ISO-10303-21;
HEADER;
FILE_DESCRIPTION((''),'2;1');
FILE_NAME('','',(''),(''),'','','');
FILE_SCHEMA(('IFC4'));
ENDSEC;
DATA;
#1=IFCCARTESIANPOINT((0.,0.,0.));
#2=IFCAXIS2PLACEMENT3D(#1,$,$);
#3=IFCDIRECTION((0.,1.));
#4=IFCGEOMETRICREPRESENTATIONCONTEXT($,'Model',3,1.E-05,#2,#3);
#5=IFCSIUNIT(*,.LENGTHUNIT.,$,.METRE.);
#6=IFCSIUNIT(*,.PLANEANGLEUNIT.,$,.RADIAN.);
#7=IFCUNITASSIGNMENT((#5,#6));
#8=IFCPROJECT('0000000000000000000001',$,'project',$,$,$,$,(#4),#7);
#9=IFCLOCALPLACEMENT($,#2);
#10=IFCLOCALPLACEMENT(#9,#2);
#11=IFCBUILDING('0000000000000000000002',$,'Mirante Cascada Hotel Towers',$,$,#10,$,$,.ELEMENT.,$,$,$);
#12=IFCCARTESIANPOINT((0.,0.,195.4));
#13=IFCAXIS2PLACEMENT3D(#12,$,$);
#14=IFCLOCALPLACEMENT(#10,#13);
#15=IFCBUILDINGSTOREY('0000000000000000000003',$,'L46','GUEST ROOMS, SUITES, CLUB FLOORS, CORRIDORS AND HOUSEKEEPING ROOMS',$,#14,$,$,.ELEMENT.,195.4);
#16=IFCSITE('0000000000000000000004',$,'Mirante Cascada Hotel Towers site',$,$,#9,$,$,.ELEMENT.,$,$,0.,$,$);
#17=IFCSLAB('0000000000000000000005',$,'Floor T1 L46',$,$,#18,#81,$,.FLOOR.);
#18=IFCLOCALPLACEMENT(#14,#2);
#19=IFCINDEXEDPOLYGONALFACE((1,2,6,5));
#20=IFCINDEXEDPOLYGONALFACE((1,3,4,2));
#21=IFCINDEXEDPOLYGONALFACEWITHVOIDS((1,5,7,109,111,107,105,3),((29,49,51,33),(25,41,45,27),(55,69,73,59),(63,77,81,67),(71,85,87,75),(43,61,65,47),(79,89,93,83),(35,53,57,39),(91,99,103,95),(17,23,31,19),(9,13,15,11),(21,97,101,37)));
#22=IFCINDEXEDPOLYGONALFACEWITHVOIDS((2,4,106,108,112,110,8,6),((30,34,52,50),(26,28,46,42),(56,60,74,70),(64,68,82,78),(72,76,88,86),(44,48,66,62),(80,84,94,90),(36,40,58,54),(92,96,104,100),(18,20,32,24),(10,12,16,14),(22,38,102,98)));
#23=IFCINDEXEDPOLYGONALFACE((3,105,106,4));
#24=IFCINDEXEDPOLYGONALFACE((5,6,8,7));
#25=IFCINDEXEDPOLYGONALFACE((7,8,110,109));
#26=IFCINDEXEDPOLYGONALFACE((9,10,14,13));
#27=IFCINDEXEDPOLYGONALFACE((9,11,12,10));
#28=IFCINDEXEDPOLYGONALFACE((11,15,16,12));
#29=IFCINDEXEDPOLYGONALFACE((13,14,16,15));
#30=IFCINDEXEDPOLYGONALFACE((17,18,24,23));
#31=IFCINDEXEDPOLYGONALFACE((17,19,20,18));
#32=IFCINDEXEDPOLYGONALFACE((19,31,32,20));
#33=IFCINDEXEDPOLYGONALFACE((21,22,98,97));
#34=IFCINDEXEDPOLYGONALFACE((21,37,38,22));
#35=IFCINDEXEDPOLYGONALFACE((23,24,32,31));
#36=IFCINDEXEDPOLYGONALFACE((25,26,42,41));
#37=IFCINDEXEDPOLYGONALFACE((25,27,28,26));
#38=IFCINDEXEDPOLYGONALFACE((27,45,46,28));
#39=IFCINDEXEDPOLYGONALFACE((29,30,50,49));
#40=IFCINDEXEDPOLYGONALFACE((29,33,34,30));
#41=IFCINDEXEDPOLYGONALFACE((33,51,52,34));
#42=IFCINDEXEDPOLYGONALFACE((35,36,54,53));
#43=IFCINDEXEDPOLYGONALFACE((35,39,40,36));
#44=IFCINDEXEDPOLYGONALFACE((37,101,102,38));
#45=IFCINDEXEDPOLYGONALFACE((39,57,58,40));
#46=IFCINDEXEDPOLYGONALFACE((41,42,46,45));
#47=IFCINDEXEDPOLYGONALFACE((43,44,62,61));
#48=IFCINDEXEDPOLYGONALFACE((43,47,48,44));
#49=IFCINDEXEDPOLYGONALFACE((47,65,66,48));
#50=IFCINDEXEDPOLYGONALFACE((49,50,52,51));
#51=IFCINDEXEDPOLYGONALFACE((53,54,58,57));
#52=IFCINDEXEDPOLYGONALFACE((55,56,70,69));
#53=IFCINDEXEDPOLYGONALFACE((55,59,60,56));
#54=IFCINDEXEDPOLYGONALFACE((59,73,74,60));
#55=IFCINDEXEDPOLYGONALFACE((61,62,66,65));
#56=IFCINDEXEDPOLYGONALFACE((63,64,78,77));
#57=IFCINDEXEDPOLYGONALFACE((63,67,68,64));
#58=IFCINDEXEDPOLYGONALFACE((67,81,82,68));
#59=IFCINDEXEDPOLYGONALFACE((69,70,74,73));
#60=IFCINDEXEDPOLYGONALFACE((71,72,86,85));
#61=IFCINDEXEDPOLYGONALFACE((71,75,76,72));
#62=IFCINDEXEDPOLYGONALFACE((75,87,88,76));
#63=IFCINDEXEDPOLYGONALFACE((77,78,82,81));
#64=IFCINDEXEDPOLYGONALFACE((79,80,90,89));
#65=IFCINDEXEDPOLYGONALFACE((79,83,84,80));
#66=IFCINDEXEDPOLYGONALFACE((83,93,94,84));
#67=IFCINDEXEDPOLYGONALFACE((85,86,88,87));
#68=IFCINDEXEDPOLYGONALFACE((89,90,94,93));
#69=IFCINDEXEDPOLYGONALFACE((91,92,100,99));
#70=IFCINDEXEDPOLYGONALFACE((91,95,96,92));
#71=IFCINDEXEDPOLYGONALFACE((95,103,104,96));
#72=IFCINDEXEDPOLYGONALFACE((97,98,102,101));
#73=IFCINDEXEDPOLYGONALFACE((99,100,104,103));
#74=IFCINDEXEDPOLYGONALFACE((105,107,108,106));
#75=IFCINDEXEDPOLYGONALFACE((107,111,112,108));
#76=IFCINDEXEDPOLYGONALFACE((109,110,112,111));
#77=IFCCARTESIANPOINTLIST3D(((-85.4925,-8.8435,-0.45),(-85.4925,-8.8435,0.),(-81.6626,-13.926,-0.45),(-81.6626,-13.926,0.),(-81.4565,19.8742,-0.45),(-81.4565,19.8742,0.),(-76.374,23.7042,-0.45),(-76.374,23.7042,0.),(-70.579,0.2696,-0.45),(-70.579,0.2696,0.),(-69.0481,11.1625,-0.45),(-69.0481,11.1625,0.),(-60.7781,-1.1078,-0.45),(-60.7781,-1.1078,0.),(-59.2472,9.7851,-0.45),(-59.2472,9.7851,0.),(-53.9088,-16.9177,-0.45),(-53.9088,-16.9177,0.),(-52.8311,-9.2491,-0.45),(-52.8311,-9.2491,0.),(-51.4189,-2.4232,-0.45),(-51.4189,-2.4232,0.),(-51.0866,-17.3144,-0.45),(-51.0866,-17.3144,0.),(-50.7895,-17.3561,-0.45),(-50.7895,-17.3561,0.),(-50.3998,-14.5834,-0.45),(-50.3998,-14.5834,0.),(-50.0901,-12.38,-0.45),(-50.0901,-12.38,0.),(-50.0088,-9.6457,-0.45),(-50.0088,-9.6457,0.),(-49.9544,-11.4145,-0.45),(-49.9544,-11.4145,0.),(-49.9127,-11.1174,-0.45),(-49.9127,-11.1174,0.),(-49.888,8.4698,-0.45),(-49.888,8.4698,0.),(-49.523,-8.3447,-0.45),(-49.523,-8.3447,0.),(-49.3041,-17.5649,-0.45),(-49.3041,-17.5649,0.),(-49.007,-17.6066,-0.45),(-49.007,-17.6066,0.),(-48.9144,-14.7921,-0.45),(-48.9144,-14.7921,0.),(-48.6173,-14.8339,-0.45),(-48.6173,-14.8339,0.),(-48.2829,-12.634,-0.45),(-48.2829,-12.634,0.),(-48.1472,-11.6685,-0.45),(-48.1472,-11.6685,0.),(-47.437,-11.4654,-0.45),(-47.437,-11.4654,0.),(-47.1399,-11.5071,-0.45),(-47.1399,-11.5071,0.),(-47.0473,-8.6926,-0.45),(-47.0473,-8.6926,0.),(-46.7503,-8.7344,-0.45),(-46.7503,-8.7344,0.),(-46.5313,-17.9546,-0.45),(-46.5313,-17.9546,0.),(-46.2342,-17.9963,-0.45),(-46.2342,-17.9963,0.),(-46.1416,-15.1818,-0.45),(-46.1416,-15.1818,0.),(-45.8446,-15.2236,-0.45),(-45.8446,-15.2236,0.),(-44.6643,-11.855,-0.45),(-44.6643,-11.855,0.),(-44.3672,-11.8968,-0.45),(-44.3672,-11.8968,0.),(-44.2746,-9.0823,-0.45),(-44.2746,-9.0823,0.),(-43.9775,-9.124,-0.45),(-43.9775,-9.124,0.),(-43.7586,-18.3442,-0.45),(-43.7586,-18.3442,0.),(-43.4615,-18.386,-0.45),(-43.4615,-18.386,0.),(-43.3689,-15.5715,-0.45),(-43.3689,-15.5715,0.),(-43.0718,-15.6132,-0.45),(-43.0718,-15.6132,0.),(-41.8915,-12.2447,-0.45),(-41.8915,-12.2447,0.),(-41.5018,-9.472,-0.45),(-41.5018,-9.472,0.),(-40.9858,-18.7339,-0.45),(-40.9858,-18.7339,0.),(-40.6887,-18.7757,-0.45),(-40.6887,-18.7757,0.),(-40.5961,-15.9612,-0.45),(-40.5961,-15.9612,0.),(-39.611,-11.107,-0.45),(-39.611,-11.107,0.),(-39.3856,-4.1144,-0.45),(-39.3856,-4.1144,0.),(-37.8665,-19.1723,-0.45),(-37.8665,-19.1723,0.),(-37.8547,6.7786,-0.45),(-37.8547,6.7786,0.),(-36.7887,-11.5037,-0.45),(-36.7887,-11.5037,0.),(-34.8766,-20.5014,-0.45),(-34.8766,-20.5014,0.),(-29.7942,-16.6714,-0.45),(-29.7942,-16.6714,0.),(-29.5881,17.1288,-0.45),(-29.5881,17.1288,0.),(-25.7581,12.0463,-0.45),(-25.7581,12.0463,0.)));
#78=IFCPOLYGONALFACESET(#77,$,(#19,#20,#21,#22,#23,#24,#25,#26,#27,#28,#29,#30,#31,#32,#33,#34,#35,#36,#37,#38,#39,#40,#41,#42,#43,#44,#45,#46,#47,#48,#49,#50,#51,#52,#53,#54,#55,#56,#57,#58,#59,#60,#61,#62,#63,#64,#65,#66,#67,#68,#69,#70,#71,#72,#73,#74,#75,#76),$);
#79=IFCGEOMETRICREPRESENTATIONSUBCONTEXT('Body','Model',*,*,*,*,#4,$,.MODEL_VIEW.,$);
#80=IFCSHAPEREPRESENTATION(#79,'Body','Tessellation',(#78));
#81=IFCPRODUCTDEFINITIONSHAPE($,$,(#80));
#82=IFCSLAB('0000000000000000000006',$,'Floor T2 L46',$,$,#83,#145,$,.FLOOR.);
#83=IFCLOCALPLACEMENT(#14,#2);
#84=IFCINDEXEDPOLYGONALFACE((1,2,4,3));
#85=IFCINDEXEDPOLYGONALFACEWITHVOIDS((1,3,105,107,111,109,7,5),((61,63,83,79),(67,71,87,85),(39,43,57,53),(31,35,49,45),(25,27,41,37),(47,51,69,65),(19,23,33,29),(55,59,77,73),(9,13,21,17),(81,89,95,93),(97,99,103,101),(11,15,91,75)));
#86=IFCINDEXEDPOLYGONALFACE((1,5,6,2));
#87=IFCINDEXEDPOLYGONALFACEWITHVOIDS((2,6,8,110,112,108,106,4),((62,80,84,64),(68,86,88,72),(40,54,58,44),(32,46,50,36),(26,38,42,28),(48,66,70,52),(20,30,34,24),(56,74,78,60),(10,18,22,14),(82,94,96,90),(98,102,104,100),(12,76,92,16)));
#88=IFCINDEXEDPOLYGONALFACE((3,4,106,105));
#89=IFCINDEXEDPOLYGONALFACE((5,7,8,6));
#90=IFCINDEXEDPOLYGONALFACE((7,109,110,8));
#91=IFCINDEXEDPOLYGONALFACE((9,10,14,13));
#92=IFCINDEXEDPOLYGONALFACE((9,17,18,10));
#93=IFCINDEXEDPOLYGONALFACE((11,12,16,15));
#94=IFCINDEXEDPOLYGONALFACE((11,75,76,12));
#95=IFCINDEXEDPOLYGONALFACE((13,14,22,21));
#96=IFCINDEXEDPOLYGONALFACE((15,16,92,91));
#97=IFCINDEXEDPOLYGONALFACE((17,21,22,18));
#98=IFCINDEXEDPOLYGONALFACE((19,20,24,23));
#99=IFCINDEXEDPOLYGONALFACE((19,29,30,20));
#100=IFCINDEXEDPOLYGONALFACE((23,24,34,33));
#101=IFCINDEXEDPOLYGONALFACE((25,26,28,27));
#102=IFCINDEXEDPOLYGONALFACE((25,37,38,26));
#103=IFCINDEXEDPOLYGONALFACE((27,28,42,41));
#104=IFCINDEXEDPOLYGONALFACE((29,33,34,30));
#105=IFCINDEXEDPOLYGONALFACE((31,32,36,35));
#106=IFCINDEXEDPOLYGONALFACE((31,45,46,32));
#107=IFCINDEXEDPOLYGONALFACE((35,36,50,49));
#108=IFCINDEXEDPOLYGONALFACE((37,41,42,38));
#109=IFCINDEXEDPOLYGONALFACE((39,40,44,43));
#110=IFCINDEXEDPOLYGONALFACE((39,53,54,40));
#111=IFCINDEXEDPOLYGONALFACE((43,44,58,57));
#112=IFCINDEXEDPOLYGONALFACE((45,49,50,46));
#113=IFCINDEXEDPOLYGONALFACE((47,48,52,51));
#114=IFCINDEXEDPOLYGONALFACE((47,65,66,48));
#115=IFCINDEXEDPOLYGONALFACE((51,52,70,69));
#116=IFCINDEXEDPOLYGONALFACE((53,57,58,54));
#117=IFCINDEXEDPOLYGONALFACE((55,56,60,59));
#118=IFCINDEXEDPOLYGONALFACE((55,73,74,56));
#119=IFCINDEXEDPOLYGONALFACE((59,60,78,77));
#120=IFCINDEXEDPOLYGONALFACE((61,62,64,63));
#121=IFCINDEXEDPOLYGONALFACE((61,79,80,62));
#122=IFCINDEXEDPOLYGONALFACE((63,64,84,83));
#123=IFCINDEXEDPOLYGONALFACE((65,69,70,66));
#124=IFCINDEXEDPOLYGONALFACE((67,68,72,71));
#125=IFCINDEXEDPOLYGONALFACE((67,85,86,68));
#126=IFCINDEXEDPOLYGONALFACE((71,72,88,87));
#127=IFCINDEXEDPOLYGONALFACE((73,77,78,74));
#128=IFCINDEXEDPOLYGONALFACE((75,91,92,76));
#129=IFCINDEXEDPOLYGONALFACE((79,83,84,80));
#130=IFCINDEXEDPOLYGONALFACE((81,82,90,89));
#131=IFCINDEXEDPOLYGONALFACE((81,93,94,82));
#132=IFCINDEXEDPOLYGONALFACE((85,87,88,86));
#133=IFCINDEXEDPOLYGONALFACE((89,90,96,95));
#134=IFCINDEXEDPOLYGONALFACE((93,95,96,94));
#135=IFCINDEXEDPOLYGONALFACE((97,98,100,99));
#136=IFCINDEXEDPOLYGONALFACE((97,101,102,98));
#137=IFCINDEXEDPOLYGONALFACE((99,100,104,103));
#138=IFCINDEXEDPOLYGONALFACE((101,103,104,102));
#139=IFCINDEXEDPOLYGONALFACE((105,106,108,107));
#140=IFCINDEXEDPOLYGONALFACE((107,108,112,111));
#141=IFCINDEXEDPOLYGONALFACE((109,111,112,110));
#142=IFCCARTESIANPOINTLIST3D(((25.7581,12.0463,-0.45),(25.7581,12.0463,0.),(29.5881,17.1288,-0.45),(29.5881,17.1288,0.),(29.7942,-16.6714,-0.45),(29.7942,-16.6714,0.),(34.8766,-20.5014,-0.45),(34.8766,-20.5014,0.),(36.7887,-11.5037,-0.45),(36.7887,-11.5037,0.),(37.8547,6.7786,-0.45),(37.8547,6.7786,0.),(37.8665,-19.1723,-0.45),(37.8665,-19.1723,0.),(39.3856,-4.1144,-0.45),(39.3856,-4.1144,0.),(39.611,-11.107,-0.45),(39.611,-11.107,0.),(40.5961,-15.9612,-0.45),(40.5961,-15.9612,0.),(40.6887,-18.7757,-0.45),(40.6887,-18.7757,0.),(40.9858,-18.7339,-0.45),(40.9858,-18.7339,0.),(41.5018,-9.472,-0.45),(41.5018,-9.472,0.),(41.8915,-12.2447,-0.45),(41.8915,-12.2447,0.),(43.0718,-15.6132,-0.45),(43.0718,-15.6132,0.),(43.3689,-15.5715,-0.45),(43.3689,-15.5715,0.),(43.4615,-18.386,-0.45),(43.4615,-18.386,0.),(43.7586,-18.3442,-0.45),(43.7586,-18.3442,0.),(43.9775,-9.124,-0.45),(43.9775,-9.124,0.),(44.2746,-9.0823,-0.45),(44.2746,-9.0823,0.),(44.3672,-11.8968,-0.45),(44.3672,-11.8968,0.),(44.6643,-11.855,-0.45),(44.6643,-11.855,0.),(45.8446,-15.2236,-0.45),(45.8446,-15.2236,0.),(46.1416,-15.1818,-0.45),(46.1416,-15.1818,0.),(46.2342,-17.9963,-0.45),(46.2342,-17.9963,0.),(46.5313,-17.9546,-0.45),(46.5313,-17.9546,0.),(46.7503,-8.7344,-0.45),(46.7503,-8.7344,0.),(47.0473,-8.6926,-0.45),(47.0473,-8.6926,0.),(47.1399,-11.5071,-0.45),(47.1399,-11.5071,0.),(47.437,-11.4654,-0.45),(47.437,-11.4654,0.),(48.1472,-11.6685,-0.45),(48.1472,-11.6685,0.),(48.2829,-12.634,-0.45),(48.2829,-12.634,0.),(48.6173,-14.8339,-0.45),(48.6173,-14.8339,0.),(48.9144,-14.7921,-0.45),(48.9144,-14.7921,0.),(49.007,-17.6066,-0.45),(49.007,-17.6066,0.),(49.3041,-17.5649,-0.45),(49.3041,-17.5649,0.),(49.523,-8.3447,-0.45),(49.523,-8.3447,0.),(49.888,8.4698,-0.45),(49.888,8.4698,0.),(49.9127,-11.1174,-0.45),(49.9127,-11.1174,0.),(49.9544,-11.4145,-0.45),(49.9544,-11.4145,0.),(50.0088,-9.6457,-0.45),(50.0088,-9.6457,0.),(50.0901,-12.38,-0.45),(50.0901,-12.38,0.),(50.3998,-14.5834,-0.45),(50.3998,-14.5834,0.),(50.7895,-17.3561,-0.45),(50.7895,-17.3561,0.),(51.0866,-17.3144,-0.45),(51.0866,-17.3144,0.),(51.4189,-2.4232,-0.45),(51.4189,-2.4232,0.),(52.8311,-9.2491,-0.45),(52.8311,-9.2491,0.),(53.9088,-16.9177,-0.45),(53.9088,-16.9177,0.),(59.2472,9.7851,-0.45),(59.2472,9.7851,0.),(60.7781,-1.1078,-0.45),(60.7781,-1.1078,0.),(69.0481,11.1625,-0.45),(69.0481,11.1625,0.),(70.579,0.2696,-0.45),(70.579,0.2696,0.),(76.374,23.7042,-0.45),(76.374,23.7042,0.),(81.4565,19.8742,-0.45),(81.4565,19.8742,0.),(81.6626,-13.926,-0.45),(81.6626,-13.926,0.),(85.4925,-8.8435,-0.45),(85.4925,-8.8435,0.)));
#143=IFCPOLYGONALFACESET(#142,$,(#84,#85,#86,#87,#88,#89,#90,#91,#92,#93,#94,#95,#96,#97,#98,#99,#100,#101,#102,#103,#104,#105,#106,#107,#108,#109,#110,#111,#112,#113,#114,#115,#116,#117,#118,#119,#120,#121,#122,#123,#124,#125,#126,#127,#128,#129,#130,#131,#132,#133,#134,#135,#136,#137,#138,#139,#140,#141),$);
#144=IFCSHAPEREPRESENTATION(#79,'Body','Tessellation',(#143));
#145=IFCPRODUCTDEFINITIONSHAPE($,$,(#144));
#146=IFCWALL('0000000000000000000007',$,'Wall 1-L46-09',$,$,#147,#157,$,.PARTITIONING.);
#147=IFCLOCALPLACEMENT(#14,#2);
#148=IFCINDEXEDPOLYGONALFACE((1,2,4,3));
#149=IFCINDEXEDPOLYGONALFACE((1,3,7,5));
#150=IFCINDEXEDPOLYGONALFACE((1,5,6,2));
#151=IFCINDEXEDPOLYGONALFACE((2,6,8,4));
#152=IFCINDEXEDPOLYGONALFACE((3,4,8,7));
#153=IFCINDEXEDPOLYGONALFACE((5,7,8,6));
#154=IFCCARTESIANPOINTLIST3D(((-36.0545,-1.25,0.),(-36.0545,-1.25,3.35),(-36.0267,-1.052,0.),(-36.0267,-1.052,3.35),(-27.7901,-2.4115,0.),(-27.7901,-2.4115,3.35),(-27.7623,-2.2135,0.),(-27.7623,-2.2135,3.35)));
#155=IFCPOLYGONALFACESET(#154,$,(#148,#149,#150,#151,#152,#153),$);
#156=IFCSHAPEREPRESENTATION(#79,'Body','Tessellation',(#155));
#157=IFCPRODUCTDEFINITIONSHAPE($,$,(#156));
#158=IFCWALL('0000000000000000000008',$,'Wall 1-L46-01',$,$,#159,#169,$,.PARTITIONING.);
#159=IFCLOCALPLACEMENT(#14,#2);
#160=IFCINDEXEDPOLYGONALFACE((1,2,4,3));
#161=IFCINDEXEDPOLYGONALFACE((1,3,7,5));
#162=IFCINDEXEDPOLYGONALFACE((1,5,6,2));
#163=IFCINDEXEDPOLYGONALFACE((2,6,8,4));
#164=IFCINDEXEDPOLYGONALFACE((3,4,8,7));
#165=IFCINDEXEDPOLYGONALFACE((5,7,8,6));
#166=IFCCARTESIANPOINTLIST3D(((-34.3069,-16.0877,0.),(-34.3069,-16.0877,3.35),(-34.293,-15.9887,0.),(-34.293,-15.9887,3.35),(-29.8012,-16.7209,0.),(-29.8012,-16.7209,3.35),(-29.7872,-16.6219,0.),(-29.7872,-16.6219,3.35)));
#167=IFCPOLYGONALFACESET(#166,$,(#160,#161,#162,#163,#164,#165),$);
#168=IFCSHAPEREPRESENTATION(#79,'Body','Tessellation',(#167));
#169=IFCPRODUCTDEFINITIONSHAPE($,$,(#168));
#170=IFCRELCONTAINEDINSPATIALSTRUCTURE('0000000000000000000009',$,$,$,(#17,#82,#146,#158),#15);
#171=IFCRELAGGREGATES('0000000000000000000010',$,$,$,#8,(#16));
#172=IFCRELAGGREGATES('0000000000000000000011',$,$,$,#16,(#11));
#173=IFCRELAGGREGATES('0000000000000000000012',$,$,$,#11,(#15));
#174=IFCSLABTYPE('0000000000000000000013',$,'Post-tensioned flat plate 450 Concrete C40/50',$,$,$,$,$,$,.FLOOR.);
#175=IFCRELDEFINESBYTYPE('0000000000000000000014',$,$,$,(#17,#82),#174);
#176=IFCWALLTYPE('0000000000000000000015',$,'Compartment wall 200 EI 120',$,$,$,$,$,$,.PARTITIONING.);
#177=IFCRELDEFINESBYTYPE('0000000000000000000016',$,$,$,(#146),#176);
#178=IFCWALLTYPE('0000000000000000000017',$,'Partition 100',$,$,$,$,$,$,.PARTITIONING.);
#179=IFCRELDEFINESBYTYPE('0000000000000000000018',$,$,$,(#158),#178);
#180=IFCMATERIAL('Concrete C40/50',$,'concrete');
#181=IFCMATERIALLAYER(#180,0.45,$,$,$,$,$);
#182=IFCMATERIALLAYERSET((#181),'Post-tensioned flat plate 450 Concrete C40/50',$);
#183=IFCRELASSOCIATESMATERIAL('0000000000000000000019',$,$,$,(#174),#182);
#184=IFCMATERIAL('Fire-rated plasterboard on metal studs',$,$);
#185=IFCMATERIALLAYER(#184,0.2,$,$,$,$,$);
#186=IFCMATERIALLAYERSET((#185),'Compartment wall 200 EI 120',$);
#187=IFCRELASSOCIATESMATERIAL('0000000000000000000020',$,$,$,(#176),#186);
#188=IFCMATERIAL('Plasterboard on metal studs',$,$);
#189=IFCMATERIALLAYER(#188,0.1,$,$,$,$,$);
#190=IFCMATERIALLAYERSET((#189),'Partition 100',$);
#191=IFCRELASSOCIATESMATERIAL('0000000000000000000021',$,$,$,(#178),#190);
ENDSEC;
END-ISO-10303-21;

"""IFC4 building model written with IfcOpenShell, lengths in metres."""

from ifc_helpers import new_model, si_unit, direction, frame, frame_2d, origin, place, context, subcontext, project, spatial, polyline, rectangle, outline, extrude, material, layer, layer_set, type_object, element, save


model = new_model("IFC4")

# Units and contexts
model_context = context("Model", 3, precision=1e-05, world=origin(), true_north=direction((0.0, 1.0)))
body_context = subcontext(model_context, "Body", "Model", "MODEL_VIEW")
ifc_project = project(units=[si_unit("LENGTHUNIT", "METRE"), si_unit("PLANEANGLEUNIT", "RADIAN")], contexts=[model_context])

# Site, building, storey
site_placement = place(None, origin())
site = spatial("IfcSite", under=ifc_project, at=site_placement, Name="Mirante Cascada Hotel Towers site", CompositionType="ELEMENT", RefElevation=0.0)
building_placement = place(site_placement, origin())
building = spatial("IfcBuilding", under=site, at=building_placement, Name="Mirante Cascada Hotel Towers", CompositionType="ELEMENT")
storey_placement = place(building_placement, frame((0.0, 0.0, 195.4)))
storey = spatial("IfcBuildingStorey", under=building, at=storey_placement, Name="L46", Description="GUEST ROOMS, SUITES, CLUB FLOORS, CORRIDORS AND HOUSEKEEPING ROOMS", CompositionType="ELEMENT", Elevation=195.4)

# Slabs
ifc_material_1 = material(Name="Concrete C40/50", Category="concrete")
ifc_layer_1 = layer(ifc_material_1, 0.45)
ifc_layer_set_1 = layer_set([ifc_layer_1], Name="Post-tensioned flat plate 450 Concrete C40/50")
slab_type = type_object("IfcSlabType", Name="Post-tensioned flat plate 450 Concrete C40/50", PredefinedType="FLOOR", material=ifc_layer_set_1)
slab_1_placement = place(storey_placement, frame((0.0, 0.0, -0.45)))
element("IfcSlab", 1, at=slab_1_placement, inside=storey, type_object=slab_type, Name="Floor T1 L46", PredefinedType="FLOOR", context=body_context, shape_type="SweptSolid", body=[
    extrude(outline(polyline([(-29.7942, -16.6714), (-25.7581, 12.0463), (-29.5881, 17.1288), (-76.374, 23.7042), (-81.4565, 19.8742), (-85.4925, -8.8435), (-81.6626, -13.926), (-34.8766, -20.5014), (-29.7942, -16.6714)]), holes=[polyline([(-40.5961, -15.9612), (-40.9858, -18.7339), (-43.4615, -18.386), (-43.0718, -15.6132), (-40.5961, -15.9612)]), polyline([(-43.3689, -15.5715), (-43.7586, -18.3442), (-46.2342, -17.9963), (-45.8446, -15.2236), (-43.3689, -15.5715)]), polyline([(-46.1416, -15.1818), (-46.5313, -17.9546), (-49.007, -17.6066), (-48.6173, -14.8339), (-46.1416, -15.1818)]), polyline([(-36.7887, -11.5037), (-37.8665, -19.1723), (-40.6887, -18.7757), (-39.611, -11.107), (-36.7887, -11.5037)]), polyline([(-43.9775, -9.124), (-41.5018, -9.472), (-41.8915, -12.2447), (-44.3672, -11.8968), (-43.9775, -9.124)]), polyline([(-44.2746, -9.0823), (-44.6643, -11.855), (-47.1399, -11.5071), (-46.7503, -8.7344), (-44.2746, -9.0823)]), polyline([(-50.3998, -14.5834), (-48.9144, -14.7921), (-49.3041, -17.5649), (-50.7895, -17.3561), (-50.3998, -14.5834)]), polyline([(-50.0088, -9.6457), (-51.0866, -17.3144), (-53.9088, -16.9177), (-52.8311, -9.2491), (-50.0088, -9.6457)]), polyline([(-48.1472, -11.6685), (-48.2829, -12.634), (-50.0901, -12.38), (-49.9544, -11.4145), (-48.1472, -11.6685)]), polyline([(-49.523, -8.3447), (-47.0473, -8.6926), (-47.437, -11.4654), (-49.9127, -11.1174), (-49.523, -8.3447)]), polyline([(-59.2472, 9.7851), (-59.2472, 9.7851), (-60.7781, -1.1078), (-60.7781, -1.1078), (-70.579, 0.2696), (-69.0481, 11.1625), (-59.2472, 9.7851)]), polyline([(-37.8547, 6.7786), (-39.3856, -4.1144), (-51.4189, -2.4232), (-51.4189, -2.4232), (-49.888, 8.4698), (-37.8547, 6.7786)])]), origin(), (0.0, 0.0, 1.0), 0.45),
])
slab_2_placement = place(storey_placement, frame((0.0, 0.0, -0.45)))
element("IfcSlab", 2, at=slab_2_placement, inside=storey, type_object=slab_type, Name="Floor T2 L46", PredefinedType="FLOOR", context=body_context, shape_type="SweptSolid", body=[
    extrude(outline(polyline([(29.7942, -16.6714), (25.7581, 12.0463), (29.5881, 17.1288), (76.374, 23.7042), (81.4565, 19.8742), (85.4925, -8.8435), (81.6626, -13.926), (34.8766, -20.5014), (29.7942, -16.6714)]), holes=[polyline([(40.5961, -15.9612), (40.9858, -18.7339), (43.4615, -18.386), (43.0718, -15.6132), (40.5961, -15.9612)]), polyline([(43.3689, -15.5715), (43.7586, -18.3442), (46.2342, -17.9963), (45.8446, -15.2236), (43.3689, -15.5715)]), polyline([(46.1416, -15.1818), (46.5313, -17.9546), (49.007, -17.6066), (48.6173, -14.8339), (46.1416, -15.1818)]), polyline([(37.8665, -19.1723), (40.6887, -18.7757), (39.611, -11.107), (36.7887, -11.5037), (37.8665, -19.1723)]), polyline([(43.9775, -9.124), (41.5018, -9.472), (41.8915, -12.2447), (44.3672, -11.8968), (43.9775, -9.124)]), polyline([(44.2746, -9.0823), (44.6643, -11.855), (47.1399, -11.5071), (46.7503, -8.7344), (44.2746, -9.0823)]), polyline([(50.3998, -14.5834), (48.9144, -14.7921), (49.3041, -17.5649), (50.7895, -17.3561), (50.3998, -14.5834)]), polyline([(51.0866, -17.3144), (53.9088, -16.9177), (52.8311, -9.2491), (50.0088, -9.6457), (51.0866, -17.3144)]), polyline([(48.1472, -11.6685), (48.2829, -12.634), (50.0901, -12.38), (49.9544, -11.4145), (48.1472, -11.6685)]), polyline([(49.523, -8.3447), (47.0473, -8.6926), (47.437, -11.4654), (49.9127, -11.1174), (49.523, -8.3447)]), polyline([(69.0481, 11.1625), (70.579, 0.2696), (60.7781, -1.1078), (60.7781, -1.1078), (59.2472, 9.7851), (59.2472, 9.7851), (69.0481, 11.1625)]), polyline([(39.3856, -4.1144), (37.8547, 6.7786), (49.888, 8.4698), (51.4189, -2.4232), (51.4189, -2.4232), (39.3856, -4.1144)])]), origin(), (0.0, 0.0, 1.0), 0.45),
])

# Walls
ifc_material_2 = material(Name="Fire-rated plasterboard on metal studs")
ifc_layer_2 = layer(ifc_material_2, 0.2)
ifc_layer_set_2 = layer_set([ifc_layer_2], Name="Compartment wall 200 EI 120")
wall_type_1 = type_object("IfcWallType", Name="Compartment wall 200 EI 120", PredefinedType="PARTITIONING", material=ifc_layer_set_2)
wall_1_placement = place(storey_placement, frame((-27.7762, -2.3125, 0.0), z_axis=(0.0, 0.0, 1.0), x_axis=(-0.990268, 0.139175, 0.0)))
element("IfcWall", 3, at=wall_1_placement, inside=storey, type_object=wall_type_1, Name="Wall 1-L46-09", PredefinedType="PARTITIONING", context=body_context, shape_type="SweptSolid", body=[
    extrude(rectangle(XDim=8.3456, YDim=0.2, at=frame_2d((4.1728, 0.0))), origin(), (0.0, 0.0, 1.0), 3.35),
])
ifc_material_3 = material(Name="Plasterboard on metal studs")
ifc_layer_3 = layer(ifc_material_3, 0.1)
ifc_layer_set_3 = layer_set([ifc_layer_3], Name="Partition 100")
wall_type_2 = type_object("IfcWallType", Name="Partition 100", PredefinedType="PARTITIONING", material=ifc_layer_set_3)
wall_2_placement = place(storey_placement, frame((-29.7942, -16.6714, 0.0), z_axis=(0.0, 0.0, 1.0), x_axis=(-0.990269, 0.139166, 0.0)))
element("IfcWall", 4, at=wall_2_placement, inside=storey, type_object=wall_type_2, Name="Wall 1-L46-01", PredefinedType="PARTITIONING", context=body_context, shape_type="SweptSolid", body=[
    extrude(rectangle(XDim=4.55, YDim=0.1, at=frame_2d((2.275, 0.0))), origin(), (0.0, 0.0, 1.0), 3.35),
])

save(model, "model.ifc")
